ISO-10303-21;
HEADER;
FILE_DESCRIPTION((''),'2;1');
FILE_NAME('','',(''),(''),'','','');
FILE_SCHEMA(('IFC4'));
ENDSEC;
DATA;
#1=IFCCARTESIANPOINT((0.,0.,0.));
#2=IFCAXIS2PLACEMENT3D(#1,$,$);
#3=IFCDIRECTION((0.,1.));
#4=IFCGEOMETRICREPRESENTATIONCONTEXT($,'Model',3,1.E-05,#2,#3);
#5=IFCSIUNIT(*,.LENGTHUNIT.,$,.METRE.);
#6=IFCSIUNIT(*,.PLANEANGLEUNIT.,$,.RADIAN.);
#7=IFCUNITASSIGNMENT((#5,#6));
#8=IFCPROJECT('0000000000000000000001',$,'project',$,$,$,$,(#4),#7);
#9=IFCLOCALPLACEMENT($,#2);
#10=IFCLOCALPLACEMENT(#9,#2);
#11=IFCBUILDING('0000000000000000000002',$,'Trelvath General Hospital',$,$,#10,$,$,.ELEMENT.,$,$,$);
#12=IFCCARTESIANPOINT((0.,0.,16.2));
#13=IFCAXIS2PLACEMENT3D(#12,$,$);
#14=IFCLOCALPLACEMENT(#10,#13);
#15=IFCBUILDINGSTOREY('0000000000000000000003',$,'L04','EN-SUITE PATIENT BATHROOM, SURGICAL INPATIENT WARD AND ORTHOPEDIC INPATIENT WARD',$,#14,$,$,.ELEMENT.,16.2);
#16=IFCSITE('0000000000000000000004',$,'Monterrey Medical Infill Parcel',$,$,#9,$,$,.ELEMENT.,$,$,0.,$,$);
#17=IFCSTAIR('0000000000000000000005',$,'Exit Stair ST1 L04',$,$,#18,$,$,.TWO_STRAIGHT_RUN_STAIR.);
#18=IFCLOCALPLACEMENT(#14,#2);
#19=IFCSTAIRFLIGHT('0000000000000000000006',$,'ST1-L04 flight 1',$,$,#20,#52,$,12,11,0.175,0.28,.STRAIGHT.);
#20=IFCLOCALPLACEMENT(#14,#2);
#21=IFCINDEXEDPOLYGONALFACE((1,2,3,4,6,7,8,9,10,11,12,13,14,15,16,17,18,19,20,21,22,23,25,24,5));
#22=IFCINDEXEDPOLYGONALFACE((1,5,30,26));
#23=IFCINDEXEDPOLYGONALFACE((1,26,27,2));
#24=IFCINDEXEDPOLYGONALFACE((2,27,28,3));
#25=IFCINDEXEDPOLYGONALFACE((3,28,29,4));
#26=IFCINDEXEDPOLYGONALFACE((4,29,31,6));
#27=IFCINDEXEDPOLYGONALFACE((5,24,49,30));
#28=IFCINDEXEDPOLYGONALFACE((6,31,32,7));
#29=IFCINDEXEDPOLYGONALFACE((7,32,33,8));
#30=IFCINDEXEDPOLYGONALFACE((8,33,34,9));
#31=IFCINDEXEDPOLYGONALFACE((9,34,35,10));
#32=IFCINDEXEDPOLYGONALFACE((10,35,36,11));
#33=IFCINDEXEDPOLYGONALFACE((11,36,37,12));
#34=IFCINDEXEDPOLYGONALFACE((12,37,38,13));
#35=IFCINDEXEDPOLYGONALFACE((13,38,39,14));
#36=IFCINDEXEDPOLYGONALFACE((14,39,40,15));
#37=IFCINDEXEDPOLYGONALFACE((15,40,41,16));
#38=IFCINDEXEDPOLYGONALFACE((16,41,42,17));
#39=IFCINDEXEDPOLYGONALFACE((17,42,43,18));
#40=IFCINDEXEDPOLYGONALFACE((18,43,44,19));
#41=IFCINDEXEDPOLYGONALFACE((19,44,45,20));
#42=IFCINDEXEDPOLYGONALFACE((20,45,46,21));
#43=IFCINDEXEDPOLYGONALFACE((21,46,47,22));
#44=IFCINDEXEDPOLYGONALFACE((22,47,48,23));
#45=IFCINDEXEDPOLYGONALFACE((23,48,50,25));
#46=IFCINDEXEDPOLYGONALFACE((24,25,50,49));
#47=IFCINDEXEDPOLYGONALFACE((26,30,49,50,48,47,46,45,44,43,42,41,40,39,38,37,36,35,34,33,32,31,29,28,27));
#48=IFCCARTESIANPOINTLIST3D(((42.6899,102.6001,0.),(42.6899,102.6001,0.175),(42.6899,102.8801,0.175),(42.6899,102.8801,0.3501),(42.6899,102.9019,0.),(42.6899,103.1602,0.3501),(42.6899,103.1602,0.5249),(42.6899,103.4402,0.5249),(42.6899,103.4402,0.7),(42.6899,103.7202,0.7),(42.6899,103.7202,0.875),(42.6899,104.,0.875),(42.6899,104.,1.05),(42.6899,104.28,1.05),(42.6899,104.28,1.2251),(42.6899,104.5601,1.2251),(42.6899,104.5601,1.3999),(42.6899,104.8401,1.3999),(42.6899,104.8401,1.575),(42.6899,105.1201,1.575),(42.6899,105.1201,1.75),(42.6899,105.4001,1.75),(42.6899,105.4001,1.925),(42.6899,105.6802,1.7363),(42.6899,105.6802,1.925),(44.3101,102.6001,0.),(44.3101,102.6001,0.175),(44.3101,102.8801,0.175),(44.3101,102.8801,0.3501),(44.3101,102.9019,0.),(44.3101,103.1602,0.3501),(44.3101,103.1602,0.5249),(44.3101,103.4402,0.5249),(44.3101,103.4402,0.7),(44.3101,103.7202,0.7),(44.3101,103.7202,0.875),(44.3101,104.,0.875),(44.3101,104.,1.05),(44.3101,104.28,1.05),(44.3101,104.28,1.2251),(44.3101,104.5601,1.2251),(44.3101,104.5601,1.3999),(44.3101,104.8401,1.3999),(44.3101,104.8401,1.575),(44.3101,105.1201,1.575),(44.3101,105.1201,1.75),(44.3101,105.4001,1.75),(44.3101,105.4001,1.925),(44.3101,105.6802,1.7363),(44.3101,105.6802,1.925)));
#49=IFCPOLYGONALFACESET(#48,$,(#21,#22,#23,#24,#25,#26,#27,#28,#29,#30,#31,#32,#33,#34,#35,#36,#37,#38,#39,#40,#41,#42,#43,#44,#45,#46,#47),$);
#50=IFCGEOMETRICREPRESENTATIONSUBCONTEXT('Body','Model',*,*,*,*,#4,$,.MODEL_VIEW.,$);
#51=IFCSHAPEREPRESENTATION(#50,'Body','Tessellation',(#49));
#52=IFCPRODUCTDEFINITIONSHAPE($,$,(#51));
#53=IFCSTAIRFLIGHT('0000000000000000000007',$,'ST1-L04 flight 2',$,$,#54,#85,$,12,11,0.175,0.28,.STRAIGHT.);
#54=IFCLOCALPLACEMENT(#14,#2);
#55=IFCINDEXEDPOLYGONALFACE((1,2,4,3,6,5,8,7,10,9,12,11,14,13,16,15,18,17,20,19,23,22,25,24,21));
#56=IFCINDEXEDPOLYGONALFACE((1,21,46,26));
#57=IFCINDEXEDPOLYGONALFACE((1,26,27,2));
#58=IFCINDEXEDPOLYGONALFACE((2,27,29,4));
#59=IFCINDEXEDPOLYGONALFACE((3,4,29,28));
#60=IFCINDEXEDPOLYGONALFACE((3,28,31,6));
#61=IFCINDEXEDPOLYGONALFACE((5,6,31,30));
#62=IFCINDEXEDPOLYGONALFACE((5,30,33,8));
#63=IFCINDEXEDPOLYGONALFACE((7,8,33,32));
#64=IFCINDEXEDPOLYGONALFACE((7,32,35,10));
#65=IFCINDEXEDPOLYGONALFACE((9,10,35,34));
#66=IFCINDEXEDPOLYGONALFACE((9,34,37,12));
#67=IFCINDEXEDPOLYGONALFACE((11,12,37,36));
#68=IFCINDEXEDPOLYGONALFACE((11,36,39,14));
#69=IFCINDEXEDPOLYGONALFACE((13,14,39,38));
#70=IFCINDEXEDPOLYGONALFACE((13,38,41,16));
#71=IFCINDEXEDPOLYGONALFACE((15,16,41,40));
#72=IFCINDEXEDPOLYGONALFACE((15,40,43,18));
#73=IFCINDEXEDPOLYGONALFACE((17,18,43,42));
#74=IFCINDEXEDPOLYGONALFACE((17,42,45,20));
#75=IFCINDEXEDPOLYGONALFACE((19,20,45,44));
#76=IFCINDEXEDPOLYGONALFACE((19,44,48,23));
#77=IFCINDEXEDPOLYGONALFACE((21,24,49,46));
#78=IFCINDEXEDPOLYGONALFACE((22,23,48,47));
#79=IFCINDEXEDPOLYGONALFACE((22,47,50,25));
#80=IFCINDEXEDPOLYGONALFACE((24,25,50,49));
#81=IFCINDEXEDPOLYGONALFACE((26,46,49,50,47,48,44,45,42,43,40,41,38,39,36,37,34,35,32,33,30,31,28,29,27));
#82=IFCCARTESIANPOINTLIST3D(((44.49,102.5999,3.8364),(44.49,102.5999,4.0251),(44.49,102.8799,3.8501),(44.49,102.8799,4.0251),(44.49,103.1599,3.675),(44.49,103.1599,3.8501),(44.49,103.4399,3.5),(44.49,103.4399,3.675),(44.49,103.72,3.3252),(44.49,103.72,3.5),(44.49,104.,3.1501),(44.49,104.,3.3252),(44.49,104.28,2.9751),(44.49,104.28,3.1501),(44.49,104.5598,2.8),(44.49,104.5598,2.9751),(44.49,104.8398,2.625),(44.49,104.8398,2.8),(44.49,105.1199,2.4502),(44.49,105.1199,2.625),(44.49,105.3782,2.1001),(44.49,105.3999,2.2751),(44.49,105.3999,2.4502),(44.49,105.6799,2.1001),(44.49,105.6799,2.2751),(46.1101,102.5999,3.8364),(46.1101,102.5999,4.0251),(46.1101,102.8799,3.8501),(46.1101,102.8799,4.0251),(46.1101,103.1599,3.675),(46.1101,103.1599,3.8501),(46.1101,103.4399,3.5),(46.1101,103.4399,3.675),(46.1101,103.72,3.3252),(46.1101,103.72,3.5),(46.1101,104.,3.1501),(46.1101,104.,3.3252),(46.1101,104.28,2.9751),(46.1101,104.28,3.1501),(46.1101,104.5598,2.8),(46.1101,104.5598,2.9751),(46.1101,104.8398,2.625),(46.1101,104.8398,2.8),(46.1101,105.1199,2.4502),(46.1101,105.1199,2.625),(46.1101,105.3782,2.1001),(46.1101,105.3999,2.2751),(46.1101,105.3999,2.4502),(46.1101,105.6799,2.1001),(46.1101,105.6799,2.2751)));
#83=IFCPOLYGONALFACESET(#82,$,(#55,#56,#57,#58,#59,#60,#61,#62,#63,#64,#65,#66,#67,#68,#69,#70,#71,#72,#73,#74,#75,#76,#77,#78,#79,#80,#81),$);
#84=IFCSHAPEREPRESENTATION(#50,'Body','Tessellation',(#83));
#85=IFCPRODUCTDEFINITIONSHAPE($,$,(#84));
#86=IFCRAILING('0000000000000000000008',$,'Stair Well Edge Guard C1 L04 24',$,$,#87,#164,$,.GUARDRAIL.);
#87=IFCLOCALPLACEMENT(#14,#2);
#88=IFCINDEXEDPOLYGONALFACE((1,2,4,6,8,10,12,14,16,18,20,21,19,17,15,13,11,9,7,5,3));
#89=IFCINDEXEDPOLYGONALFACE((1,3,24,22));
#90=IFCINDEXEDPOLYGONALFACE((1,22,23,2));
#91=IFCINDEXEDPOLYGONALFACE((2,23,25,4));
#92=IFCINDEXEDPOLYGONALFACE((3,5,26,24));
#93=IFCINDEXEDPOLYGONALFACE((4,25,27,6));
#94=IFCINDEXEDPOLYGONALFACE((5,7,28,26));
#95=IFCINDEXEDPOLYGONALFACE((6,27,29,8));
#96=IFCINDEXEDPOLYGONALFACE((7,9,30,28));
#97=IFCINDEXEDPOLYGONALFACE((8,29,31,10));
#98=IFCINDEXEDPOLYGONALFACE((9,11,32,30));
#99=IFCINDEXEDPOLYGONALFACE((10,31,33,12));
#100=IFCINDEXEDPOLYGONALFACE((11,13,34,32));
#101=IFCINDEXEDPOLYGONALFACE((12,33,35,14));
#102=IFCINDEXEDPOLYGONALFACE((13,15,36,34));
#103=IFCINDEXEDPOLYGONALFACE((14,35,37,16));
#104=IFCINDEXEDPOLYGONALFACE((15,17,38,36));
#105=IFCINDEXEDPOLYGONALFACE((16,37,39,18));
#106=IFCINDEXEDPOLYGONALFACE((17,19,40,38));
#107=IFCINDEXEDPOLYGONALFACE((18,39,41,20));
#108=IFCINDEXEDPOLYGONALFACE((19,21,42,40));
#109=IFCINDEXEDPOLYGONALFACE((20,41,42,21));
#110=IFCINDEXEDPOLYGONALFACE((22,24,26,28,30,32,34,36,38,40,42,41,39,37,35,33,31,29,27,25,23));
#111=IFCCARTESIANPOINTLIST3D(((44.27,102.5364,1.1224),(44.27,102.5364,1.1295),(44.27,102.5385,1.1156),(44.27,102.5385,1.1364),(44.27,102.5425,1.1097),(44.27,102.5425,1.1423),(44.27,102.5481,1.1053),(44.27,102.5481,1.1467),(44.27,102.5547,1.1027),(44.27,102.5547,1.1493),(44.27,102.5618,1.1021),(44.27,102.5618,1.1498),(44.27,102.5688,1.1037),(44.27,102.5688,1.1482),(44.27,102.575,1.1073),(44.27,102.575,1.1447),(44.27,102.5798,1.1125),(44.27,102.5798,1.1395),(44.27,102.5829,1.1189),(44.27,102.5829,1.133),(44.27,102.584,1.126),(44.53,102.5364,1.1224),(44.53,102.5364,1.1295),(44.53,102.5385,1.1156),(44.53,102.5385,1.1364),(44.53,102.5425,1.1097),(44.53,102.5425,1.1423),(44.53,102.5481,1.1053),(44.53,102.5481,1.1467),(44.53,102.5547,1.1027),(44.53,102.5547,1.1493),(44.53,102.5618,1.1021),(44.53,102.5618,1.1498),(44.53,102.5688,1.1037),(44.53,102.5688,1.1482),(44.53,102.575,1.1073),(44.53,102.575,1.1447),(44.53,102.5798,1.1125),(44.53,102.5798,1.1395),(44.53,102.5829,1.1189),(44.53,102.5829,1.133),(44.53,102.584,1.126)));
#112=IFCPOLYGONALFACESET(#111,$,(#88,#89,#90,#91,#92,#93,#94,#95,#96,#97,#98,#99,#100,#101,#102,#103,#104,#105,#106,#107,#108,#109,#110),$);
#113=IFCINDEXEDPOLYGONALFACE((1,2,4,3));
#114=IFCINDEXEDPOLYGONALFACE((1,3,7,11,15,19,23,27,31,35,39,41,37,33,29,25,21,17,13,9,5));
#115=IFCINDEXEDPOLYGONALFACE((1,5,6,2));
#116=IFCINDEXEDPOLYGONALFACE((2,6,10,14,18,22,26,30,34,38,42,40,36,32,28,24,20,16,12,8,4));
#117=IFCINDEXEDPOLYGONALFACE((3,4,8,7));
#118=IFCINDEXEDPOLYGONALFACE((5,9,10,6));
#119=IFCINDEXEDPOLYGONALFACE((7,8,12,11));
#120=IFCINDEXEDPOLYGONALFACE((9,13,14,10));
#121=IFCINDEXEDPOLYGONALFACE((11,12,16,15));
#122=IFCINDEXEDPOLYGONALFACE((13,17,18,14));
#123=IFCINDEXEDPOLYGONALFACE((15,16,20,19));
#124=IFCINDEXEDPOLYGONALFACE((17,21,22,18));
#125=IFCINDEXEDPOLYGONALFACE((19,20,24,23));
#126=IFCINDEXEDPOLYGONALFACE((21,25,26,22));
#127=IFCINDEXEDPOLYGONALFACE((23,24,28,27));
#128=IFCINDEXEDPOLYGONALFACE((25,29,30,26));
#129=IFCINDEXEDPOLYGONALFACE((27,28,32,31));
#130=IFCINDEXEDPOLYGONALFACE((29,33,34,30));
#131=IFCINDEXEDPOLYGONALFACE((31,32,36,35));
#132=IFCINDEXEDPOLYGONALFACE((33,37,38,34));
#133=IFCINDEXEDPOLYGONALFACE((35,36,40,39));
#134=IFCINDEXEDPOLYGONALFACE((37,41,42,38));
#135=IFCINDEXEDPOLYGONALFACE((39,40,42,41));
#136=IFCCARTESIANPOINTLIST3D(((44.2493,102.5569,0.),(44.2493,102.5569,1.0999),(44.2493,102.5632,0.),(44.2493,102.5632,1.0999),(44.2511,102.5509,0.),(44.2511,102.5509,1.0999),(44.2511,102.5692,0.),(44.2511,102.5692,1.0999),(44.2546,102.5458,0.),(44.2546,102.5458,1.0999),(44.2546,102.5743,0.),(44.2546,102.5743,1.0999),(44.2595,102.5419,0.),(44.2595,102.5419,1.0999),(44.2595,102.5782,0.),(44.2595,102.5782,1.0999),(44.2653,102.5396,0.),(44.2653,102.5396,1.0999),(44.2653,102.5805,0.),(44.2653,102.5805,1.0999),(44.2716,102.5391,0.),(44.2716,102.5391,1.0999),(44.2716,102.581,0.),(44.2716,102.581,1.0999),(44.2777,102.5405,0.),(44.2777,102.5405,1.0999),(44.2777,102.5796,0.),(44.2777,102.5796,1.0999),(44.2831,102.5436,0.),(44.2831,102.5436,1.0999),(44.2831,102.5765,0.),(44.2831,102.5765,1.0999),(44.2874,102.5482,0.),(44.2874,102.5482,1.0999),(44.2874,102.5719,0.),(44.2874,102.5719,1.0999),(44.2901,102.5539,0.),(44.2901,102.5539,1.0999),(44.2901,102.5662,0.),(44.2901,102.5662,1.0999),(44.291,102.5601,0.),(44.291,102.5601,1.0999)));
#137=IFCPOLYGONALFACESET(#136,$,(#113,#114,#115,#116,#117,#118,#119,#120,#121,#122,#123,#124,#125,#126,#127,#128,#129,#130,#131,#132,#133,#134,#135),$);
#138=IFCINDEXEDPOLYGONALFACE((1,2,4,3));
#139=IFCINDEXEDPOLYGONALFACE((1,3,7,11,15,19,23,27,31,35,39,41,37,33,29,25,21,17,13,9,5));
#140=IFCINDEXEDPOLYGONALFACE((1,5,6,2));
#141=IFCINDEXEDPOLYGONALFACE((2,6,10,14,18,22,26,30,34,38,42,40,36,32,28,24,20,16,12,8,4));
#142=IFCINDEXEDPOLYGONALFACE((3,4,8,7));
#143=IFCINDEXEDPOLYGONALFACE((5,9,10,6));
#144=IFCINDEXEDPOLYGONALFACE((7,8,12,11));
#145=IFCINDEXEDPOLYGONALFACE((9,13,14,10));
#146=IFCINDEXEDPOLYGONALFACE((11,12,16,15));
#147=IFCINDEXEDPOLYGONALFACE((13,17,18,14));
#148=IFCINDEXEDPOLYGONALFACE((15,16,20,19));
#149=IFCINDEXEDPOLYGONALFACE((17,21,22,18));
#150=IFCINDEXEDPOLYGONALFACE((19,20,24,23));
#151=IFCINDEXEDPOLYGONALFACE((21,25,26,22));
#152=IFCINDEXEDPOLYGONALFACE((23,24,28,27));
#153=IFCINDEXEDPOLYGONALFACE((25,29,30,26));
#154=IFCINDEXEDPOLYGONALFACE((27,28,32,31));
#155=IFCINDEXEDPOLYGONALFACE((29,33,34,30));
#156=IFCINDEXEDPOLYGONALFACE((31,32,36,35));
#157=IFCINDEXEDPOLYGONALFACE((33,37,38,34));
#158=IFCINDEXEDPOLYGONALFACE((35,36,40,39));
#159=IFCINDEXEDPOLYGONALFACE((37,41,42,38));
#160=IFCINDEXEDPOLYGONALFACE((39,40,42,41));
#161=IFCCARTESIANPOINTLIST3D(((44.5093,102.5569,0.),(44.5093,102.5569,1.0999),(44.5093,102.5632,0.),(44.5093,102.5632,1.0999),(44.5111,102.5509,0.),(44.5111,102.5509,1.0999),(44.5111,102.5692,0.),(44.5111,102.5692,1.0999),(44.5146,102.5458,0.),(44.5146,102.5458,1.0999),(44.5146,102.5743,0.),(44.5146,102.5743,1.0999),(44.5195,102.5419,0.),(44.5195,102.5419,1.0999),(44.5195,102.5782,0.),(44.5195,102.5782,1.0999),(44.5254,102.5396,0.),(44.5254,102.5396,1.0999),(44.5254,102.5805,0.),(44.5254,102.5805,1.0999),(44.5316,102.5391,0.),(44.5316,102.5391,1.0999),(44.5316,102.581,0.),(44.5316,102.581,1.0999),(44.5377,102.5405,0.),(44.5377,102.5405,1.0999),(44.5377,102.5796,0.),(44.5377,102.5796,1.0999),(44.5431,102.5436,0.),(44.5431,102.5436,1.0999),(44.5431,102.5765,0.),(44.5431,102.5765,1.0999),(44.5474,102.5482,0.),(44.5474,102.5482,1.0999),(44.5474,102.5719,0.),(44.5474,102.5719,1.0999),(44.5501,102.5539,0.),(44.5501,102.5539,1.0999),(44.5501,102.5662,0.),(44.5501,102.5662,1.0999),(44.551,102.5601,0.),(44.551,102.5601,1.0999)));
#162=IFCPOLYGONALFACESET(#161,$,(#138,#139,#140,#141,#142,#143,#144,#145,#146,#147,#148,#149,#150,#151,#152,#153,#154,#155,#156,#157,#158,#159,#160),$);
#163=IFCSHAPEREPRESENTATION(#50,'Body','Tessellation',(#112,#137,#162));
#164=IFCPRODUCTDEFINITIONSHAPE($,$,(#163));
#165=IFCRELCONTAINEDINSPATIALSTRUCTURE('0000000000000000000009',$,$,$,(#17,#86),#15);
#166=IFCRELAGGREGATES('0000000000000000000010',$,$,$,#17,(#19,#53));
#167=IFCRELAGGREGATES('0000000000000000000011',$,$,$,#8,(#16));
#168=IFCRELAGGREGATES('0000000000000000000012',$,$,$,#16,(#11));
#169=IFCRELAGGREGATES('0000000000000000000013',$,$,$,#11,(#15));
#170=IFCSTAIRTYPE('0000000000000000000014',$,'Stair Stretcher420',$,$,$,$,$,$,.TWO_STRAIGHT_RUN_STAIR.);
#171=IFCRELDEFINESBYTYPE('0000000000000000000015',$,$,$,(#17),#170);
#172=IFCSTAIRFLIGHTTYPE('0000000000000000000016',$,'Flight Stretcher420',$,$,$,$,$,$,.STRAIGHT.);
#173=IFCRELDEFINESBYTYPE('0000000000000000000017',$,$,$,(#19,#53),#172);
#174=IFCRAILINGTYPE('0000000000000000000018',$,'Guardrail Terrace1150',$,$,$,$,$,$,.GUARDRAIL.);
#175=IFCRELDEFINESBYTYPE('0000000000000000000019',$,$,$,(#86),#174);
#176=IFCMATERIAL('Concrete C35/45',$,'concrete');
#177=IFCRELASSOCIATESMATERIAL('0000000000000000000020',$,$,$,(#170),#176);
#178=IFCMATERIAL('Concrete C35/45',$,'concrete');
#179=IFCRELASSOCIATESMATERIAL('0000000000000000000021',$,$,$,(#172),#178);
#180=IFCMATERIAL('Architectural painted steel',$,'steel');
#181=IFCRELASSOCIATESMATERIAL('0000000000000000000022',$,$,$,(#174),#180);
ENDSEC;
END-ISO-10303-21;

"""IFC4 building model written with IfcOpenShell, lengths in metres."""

from ifc_helpers import new_model, si_unit, direction, frame, origin, origin_2d, place, context, subcontext, project, spatial, polyline, circle, outline, extrude, material, type_object, element, aggregate, save


model = new_model("IFC4")

# Units and contexts
model_context = context("Model", 3, precision=1e-05, world=origin(), true_north=direction((0.0, 1.0)))
body_context = subcontext(model_context, "Body", "Model", "MODEL_VIEW")
ifc_project = project(units=[si_unit("LENGTHUNIT", "METRE"), si_unit("PLANEANGLEUNIT", "RADIAN")], contexts=[model_context])

# Site, building, storey
site_placement = place(None, origin())
site = spatial("IfcSite", under=ifc_project, at=site_placement, Name="Monterrey Medical Infill Parcel", CompositionType="ELEMENT", RefElevation=0.0)
building_placement = place(site_placement, origin())
building = spatial("IfcBuilding", under=site, at=building_placement, Name="Trelvath General Hospital", CompositionType="ELEMENT")
storey_placement = place(building_placement, frame((0.0, 0.0, 16.2)))
storey = spatial("IfcBuildingStorey", under=building, at=storey_placement, Name="L04", Description="EN-SUITE PATIENT BATHROOM, SURGICAL INPATIENT WARD AND ORTHOPEDIC INPATIENT WARD", CompositionType="ELEMENT", Elevation=16.2)

# Stair, stair flights
ifc_material_1 = material(Name="Concrete C35/45", Category="concrete")
stair_type = type_object("IfcStairType", Name="Stair Stretcher420", PredefinedType="TWO_STRAIGHT_RUN_STAIR", material=ifc_material_1)
stair_placement = place(storey_placement, origin())
stair = element("IfcStair", 1, at=stair_placement, inside=storey, type_object=stair_type, Name="Exit Stair ST1 L04", PredefinedType="TWO_STRAIGHT_RUN_STAIR")
ifc_material_2 = material(Name="Concrete C35/45", Category="concrete")
stair_flight_type = type_object("IfcStairFlightType", Name="Flight Stretcher420", PredefinedType="STRAIGHT", material=ifc_material_2)
stair_flight_1_placement = place(storey_placement, frame((43.5, 102.6001, 0.0), z_axis=(0.0, 0.0, 1.0), x_axis=(0.0, 1.0, 0.0)))
stair_flight_1 = element("IfcStairFlight", 2, at=stair_flight_1_placement, type_object=stair_flight_type, Name="ST1-L04 flight 1", NumberOfRisers=12, NumberOfTreads=11, PredefinedType="STRAIGHT", RiserHeight=0.175, TreadLength=0.28, context=body_context, shape_type="SweptSolid", body=[
    extrude(outline(polyline([(0.0, 0.0), (0.0, 0.175), (0.28, 0.175), (0.28, 0.3501), (0.5601, 0.3501), (0.5601, 0.5249), (0.8401, 0.5249), (0.8401, 0.7), (1.1201, 0.7), (1.1201, 0.875), (1.3999, 0.875), (1.3999, 1.05), (1.6799, 1.05), (1.6799, 1.2251), (1.96, 1.2251), (1.96, 1.3999), (2.24, 1.3999), (2.24, 1.575), (2.52, 1.575), (2.52, 1.75), (2.8, 1.75), (2.8, 1.925), (3.0801, 1.925), (3.0801, 2.1001), (3.0801, 1.7363), (0.3018, 0.0), (0.0, 0.0)])), frame((0.0, 0.8101, 0.0), z_axis=(0.0, -1.0, 0.0), x_axis=(1.0, 0.0, 0.0)), (0.0, 0.0, 1.0), 1.6201),
])
stair_flight_2_placement = place(storey_placement, frame((45.3, 105.6799, 2.1001), z_axis=(0.0, 0.0, 1.0), x_axis=(0.0, -1.0, 0.0)))
stair_flight_2 = element("IfcStairFlight", 3, at=stair_flight_2_placement, type_object=stair_flight_type, Name="ST1-L04 flight 2", NumberOfRisers=12, NumberOfTreads=11, PredefinedType="STRAIGHT", RiserHeight=0.175, TreadLength=0.28, context=body_context, shape_type="SweptSolid", body=[
    extrude(outline(polyline([(0.0, 0.0), (0.0, 0.175), (0.28, 0.175), (0.28, 0.3501), (0.5601, 0.3501), (0.5601, 0.5249), (0.8401, 0.5249), (0.8401, 0.7), (1.1201, 0.7), (1.1201, 0.875), (1.3999, 0.875), (1.3999, 1.05), (1.6799, 1.05), (1.6799, 1.2251), (1.96, 1.2251), (1.96, 1.3999), (2.24, 1.3999), (2.24, 1.575), (2.52, 1.575), (2.52, 1.75), (2.8, 1.75), (2.8, 1.925), (3.0801, 1.925), (3.0801, 2.1001), (3.0801, 1.7363), (0.3018, 0.0), (0.0, 0.0)])), frame((0.0, 0.8101, 0.0), z_axis=(0.0, -1.0, 0.0), x_axis=(1.0, 0.0, 0.0)), (0.0, 0.0, 1.0), 1.6201),
])
aggregate(stair, [stair_flight_1, stair_flight_2])

# Railing
ifc_material_3 = material(Name="Architectural painted steel", Category="steel")
railing_type_1 = type_object("IfcRailingType", Name="Guardrail Terrace1150", PredefinedType="GUARDRAIL", material=ifc_material_3)
railing_1_placement = place(storey_placement, frame((44.27, 102.5601, 0.0)))
element("IfcRailing", 4, at=railing_1_placement, inside=storey, type_object=railing_type_1, Name="Stair Well Edge Guard C1 L04 24", PredefinedType="GUARDRAIL", context=body_context, shape_type="SweptSolid", body=[
    extrude(circle(Radius=0.0239, at=origin_2d()), frame((0.0, 0.0, 1.126), z_axis=(1.0, 0.0, 0.0), x_axis=(0.0, 1.0, 0.0)), (0.0, 0.0, 1.0), 0.26),
    extrude(circle(Radius=0.021, at=origin_2d()), origin(), (0.0, 0.0, 1.0), 1.0999),
    extrude(circle(Radius=0.021, at=origin_2d()), frame((0.26, 0.0, 0.0)), (0.0, 0.0, 1.0), 1.0999),
])

save(model, "model.ifc")
